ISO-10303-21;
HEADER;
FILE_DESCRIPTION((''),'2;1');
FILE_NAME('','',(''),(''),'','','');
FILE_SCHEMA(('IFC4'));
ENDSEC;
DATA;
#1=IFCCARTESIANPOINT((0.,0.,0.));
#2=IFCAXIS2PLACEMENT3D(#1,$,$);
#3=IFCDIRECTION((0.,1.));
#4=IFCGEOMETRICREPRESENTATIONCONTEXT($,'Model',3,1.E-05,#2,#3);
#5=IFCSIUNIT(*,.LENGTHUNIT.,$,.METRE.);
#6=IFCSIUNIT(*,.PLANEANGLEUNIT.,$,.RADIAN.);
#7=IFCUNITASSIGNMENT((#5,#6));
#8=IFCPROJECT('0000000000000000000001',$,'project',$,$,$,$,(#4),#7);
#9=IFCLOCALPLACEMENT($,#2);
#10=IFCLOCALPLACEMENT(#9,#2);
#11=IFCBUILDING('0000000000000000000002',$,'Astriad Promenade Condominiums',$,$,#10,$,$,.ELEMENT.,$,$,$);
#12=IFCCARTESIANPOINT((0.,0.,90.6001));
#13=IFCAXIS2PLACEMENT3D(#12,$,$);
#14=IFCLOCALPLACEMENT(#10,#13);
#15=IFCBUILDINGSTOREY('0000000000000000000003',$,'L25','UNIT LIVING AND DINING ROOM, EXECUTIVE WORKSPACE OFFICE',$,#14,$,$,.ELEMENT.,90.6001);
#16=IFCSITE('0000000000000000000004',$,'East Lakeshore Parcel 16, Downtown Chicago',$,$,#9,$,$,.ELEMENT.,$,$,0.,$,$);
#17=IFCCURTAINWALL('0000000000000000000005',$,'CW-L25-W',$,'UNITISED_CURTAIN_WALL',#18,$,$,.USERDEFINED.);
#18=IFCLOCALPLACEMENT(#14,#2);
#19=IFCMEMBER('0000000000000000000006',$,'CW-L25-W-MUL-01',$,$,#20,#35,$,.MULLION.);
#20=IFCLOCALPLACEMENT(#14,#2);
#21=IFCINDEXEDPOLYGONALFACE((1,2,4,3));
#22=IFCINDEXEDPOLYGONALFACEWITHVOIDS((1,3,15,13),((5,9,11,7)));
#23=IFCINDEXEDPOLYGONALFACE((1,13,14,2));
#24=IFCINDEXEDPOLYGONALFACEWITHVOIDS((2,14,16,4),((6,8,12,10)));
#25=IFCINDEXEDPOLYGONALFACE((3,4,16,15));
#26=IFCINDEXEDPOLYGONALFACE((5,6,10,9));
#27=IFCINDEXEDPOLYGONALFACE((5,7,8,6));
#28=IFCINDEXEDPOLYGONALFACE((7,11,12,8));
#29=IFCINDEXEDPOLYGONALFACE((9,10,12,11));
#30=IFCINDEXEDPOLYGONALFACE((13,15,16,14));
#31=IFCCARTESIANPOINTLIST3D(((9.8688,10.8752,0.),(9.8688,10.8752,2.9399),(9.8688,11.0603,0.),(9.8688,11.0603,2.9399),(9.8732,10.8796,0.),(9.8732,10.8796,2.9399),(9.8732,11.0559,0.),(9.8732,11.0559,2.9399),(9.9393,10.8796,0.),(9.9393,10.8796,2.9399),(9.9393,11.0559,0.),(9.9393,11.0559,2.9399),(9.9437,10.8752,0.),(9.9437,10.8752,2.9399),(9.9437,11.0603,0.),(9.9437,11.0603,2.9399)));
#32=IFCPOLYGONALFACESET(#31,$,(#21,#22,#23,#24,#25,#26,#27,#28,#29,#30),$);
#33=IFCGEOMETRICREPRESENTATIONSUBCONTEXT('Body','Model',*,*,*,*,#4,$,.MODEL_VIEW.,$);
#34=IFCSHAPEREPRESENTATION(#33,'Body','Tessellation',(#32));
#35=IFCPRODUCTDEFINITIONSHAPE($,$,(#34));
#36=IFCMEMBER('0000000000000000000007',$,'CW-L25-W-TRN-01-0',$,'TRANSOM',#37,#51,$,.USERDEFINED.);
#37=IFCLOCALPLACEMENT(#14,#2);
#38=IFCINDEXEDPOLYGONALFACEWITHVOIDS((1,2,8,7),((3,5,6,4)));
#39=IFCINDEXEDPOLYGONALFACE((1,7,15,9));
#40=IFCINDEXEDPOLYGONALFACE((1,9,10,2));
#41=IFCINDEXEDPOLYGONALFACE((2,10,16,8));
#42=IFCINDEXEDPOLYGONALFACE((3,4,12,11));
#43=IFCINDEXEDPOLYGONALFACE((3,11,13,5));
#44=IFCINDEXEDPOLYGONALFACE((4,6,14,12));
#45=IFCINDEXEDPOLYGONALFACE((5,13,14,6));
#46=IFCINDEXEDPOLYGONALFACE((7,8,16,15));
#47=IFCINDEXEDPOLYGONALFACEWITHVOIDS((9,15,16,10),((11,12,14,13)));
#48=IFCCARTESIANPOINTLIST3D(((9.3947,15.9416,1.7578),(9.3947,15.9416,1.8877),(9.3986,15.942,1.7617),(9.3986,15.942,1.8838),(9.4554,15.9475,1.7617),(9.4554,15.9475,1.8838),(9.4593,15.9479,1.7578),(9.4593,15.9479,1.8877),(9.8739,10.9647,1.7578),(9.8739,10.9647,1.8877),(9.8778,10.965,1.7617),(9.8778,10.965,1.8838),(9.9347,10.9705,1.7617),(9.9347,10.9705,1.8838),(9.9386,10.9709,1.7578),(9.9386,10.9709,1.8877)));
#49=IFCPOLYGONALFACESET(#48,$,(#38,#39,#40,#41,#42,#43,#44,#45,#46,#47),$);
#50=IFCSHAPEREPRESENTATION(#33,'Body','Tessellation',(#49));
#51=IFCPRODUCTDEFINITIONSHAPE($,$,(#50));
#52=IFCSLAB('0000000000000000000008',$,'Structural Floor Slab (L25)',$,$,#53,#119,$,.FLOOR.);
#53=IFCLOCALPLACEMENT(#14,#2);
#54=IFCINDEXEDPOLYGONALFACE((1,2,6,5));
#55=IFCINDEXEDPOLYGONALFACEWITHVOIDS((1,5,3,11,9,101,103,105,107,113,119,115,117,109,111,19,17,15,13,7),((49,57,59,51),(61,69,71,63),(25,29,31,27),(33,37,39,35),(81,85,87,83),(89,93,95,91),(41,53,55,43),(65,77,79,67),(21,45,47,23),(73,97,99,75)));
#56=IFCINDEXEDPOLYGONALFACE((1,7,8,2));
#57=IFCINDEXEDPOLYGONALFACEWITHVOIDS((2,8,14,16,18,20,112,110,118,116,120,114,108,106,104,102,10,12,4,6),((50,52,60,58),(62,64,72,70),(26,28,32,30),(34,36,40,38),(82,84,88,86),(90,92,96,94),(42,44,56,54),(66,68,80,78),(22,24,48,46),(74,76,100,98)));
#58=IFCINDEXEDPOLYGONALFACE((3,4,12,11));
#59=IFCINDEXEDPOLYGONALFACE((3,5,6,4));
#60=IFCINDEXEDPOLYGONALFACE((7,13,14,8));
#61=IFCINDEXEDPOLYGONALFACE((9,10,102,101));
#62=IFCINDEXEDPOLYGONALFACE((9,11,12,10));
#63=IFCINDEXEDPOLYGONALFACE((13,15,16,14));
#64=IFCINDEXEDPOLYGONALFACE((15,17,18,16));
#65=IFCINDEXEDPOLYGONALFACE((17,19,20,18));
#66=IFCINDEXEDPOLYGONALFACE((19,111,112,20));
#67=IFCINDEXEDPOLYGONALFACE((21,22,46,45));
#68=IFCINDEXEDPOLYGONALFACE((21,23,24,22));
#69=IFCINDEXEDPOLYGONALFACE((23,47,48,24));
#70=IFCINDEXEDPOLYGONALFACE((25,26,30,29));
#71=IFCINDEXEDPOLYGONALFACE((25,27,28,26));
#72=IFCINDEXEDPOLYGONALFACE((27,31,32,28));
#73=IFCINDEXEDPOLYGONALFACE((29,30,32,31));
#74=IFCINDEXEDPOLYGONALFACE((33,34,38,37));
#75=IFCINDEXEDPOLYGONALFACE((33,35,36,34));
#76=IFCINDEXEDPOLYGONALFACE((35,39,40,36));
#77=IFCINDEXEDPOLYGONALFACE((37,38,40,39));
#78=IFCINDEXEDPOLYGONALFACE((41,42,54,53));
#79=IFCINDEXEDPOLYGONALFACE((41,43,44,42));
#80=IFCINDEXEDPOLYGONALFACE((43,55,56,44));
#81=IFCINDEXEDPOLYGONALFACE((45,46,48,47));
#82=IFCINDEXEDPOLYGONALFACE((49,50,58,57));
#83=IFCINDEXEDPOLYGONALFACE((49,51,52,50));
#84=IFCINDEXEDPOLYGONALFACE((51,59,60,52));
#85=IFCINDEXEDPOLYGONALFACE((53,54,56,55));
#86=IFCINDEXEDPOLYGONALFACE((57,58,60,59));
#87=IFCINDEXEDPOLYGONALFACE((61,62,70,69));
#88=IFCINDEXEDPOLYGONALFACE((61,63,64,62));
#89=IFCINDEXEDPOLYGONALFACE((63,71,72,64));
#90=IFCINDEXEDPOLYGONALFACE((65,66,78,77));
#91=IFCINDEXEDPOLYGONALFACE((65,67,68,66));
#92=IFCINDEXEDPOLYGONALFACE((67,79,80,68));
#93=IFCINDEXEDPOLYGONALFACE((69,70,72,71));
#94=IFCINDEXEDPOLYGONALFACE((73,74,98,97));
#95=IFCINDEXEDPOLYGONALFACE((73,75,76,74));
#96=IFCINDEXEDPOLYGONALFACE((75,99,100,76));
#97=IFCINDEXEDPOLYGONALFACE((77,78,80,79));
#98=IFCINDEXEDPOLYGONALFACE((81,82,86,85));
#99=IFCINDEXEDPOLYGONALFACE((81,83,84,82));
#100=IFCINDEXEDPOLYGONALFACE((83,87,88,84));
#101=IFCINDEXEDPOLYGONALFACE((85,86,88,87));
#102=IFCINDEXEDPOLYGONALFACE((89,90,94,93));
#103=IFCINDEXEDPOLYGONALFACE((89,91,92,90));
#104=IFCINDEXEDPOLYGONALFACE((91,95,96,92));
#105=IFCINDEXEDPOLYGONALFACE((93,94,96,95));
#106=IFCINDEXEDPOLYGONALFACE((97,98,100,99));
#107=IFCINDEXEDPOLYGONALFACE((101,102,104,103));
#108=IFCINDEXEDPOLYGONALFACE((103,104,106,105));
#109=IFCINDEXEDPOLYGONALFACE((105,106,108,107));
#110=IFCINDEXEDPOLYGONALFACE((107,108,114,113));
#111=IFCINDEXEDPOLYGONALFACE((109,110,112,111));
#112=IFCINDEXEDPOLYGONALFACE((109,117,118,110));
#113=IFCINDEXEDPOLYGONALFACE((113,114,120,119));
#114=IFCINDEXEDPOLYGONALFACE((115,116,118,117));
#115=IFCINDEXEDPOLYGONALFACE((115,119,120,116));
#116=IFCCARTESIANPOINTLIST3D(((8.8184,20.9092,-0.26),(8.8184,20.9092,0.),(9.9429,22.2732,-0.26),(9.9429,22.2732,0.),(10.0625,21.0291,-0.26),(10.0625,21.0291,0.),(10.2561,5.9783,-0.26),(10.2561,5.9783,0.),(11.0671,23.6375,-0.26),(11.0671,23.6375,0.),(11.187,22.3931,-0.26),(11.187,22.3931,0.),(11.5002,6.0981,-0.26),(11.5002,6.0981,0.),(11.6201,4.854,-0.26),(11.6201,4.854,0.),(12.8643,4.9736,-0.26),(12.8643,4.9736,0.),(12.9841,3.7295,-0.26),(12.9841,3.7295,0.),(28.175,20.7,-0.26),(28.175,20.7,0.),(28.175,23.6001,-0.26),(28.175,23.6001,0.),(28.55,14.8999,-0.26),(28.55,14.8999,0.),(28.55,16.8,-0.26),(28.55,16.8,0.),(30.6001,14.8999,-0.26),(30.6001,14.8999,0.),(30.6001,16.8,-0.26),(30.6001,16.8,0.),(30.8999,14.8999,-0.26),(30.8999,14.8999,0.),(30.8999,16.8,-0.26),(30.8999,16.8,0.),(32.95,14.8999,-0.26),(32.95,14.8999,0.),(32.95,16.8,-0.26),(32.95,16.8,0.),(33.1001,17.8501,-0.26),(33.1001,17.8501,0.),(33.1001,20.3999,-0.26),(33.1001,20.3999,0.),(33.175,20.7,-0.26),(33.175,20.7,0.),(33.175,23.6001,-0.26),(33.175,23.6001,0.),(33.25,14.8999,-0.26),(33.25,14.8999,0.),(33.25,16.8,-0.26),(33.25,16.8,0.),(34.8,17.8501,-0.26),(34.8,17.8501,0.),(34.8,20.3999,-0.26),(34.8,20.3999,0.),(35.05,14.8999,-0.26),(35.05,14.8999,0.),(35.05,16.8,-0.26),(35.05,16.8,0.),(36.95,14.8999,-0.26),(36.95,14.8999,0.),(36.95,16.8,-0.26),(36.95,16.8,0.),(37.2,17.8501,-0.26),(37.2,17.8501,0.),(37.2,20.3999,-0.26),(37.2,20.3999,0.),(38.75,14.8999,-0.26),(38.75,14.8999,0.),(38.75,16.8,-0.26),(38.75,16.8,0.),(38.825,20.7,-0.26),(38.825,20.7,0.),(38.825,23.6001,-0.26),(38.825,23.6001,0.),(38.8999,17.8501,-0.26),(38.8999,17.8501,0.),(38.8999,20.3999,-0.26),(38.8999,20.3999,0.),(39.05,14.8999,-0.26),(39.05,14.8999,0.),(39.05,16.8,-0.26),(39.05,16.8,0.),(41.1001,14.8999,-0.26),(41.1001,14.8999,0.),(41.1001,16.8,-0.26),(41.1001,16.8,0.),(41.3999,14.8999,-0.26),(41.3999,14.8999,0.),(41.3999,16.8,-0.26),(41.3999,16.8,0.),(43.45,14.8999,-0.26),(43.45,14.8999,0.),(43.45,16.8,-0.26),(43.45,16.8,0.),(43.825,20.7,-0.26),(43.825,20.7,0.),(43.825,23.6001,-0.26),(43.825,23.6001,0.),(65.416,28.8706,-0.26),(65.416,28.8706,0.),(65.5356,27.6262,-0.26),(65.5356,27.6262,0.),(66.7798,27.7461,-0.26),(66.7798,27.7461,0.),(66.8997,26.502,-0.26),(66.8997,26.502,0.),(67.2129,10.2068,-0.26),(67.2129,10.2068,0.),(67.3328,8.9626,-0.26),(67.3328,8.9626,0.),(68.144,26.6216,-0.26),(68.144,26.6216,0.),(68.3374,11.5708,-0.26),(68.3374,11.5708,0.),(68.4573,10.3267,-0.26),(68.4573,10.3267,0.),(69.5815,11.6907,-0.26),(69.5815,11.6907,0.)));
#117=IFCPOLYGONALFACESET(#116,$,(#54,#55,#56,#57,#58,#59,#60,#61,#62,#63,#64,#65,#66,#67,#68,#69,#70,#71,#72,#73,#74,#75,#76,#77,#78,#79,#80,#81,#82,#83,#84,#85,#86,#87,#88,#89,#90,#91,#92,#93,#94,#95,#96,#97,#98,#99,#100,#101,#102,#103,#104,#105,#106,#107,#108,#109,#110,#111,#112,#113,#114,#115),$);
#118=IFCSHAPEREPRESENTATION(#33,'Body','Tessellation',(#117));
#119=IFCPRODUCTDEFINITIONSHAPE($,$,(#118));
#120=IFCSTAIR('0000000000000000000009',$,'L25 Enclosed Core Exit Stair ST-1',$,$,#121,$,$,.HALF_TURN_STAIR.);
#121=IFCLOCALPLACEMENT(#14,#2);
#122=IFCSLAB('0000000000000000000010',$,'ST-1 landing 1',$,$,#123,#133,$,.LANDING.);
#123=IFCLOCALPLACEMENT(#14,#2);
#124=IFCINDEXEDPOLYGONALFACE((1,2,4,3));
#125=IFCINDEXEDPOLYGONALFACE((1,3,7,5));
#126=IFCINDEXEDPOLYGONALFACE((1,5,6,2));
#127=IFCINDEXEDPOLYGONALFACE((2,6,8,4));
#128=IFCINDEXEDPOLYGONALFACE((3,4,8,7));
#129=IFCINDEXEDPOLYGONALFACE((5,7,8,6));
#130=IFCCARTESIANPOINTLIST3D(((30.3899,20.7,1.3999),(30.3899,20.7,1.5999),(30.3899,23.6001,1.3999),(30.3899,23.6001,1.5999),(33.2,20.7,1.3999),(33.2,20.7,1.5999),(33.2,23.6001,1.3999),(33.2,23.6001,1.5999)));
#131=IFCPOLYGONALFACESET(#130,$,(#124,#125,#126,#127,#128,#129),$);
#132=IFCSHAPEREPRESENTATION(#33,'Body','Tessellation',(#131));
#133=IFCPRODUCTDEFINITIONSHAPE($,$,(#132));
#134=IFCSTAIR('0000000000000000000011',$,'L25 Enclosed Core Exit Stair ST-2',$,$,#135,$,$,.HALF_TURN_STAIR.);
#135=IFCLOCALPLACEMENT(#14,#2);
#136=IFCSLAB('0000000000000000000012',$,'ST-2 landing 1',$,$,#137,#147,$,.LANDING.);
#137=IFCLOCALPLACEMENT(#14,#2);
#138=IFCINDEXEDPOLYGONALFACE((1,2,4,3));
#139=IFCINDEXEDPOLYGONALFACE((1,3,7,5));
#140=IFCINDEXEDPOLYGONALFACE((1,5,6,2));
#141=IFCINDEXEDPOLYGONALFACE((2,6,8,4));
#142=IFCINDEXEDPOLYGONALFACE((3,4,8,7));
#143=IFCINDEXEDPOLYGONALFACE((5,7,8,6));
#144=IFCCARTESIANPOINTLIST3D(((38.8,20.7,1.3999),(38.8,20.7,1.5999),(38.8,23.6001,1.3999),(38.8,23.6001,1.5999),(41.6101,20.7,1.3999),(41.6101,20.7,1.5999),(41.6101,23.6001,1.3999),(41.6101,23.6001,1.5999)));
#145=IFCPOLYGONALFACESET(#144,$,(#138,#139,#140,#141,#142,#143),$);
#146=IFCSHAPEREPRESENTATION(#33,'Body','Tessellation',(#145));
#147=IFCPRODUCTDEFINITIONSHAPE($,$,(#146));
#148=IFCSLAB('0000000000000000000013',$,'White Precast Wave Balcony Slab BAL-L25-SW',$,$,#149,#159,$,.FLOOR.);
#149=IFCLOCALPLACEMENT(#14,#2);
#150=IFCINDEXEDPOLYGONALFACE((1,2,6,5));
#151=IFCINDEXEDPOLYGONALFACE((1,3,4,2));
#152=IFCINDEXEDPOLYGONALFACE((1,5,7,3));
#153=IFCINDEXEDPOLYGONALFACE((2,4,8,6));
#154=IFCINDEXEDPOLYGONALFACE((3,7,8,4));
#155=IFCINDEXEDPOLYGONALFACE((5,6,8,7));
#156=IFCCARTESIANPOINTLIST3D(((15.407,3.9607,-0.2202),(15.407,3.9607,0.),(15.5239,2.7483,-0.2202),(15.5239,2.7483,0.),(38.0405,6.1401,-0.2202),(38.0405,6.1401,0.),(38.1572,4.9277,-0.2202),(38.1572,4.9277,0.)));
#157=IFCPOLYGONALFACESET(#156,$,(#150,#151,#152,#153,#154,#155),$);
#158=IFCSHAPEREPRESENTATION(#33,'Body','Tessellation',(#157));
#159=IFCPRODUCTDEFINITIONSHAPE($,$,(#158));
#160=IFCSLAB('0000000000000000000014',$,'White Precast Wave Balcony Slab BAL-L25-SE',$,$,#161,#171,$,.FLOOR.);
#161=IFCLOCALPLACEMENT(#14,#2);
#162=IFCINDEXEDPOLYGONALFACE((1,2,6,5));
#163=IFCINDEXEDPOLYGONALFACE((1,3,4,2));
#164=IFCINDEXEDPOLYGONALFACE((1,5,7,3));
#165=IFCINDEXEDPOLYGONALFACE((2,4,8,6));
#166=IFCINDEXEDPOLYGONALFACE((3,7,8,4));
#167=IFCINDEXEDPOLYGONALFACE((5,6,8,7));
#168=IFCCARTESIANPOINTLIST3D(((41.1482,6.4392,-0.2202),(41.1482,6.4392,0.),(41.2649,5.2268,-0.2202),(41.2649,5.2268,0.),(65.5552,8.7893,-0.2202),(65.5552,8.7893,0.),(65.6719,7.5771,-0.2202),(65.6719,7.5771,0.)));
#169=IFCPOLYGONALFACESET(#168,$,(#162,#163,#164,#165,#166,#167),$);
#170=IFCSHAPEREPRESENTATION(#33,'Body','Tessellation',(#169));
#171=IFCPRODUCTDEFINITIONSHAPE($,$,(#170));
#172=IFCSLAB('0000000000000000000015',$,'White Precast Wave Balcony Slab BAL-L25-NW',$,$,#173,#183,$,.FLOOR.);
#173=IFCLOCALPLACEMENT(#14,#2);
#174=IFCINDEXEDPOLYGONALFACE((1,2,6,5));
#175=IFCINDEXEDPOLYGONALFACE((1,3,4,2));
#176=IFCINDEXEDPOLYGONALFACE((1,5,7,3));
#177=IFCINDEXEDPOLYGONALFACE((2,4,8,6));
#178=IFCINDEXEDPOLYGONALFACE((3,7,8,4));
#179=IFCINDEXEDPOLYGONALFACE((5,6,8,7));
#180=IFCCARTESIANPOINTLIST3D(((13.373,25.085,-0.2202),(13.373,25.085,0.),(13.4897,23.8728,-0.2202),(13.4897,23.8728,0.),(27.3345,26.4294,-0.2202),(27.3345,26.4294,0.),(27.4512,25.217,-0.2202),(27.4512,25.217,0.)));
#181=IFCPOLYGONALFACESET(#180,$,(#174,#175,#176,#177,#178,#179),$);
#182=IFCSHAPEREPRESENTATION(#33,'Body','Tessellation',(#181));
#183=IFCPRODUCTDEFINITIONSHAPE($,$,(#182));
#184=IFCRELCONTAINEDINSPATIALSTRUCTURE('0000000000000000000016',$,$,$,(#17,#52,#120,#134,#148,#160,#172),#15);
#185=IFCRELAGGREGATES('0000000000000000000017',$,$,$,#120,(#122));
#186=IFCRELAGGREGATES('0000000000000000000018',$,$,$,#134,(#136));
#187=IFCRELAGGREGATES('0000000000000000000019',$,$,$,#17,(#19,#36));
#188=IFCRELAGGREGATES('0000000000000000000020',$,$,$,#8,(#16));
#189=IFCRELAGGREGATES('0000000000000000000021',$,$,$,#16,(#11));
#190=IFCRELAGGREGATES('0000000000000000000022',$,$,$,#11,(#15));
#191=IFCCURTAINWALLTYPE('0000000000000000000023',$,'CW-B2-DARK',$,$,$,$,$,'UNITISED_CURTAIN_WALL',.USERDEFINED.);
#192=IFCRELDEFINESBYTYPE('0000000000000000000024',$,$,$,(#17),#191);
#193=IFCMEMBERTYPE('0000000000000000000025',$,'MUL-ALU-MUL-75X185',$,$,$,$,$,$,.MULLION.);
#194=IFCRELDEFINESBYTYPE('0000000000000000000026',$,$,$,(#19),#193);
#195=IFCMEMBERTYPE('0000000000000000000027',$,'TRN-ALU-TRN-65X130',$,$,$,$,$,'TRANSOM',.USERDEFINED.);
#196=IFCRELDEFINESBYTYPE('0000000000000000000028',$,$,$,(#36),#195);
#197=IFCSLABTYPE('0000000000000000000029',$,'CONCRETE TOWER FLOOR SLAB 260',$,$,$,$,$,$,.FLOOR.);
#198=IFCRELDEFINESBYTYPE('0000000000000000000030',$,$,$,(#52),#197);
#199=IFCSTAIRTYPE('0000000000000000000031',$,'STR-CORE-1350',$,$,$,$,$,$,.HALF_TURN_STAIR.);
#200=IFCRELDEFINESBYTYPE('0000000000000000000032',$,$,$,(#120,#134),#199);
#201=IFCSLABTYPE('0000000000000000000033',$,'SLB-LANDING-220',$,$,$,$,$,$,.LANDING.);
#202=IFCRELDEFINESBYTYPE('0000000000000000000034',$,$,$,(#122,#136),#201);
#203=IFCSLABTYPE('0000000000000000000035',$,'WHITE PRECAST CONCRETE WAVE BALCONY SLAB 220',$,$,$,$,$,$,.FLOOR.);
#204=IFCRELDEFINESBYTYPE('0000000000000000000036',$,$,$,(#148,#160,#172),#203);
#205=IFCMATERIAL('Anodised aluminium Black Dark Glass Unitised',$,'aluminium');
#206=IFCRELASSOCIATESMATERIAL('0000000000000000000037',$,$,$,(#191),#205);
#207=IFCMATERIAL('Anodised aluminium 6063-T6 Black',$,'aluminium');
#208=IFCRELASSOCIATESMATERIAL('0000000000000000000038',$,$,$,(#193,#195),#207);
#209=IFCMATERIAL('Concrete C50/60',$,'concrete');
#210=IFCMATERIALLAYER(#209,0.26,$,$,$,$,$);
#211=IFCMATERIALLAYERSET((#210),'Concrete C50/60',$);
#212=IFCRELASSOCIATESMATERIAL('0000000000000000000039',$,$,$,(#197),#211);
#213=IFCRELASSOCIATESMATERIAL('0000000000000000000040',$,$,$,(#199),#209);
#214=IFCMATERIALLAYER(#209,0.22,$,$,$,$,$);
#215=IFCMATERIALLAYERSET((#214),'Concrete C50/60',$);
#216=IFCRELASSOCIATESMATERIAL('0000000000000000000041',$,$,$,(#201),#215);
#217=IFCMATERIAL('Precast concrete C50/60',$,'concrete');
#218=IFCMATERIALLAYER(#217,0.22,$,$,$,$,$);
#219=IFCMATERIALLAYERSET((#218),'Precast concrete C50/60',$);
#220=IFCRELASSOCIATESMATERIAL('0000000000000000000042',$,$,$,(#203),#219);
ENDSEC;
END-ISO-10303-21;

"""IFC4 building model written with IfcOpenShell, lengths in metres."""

from ifc_helpers import new_model, si_unit, direction, frame, origin, origin_2d, place, context, subcontext, project, spatial, polyline, hollow_rectangle, outline, extrude, source, transform, mapped, material, layer, layer_set, material_profile, profile_set, type_object, type_shapes, element, aggregate, save


model = new_model("IFC4")

# Units and contexts
model_context = context("Model", 3, precision=1e-05, world=origin(), true_north=direction((0.0, 1.0)))
body_context = subcontext(model_context, "Body", "Model", "MODEL_VIEW")
ifc_project = project(units=[si_unit("LENGTHUNIT", "METRE"), si_unit("PLANEANGLEUNIT", "RADIAN")], contexts=[model_context])

# Site, building, storey
site_placement = place(None, origin())
site = spatial("IfcSite", under=ifc_project, at=site_placement, Name="East Lakeshore Parcel 16, Downtown Chicago", CompositionType="ELEMENT", RefElevation=0.0)
building_placement = place(site_placement, origin())
building = spatial("IfcBuilding", under=site, at=building_placement, Name="Astriad Promenade Condominiums", CompositionType="ELEMENT")
storey_placement = place(building_placement, frame((0.0, 0.0, 90.6001)))
storey = spatial("IfcBuildingStorey", under=building, at=storey_placement, Name="L25", Description="UNIT LIVING AND DINING ROOM, EXECUTIVE WORKSPACE OFFICE", CompositionType="ELEMENT", Elevation=90.6001)

# Curtain wall, members
ifc_material_1 = material(Name="Anodised aluminium Black Dark Glass Unitised", Category="aluminium")
curtain_wall_type = type_object("IfcCurtainWallType", Name="CW-B2-DARK", ElementType="UNITISED_CURTAIN_WALL", PredefinedType="USERDEFINED", material=ifc_material_1)
curtain_wall_placement = place(storey_placement, origin())
curtain_wall = element("IfcCurtainWall", 1, at=curtain_wall_placement, inside=storey, type_object=curtain_wall_type, Name="CW-L25-W", ObjectType="UNITISED_CURTAIN_WALL", PredefinedType="USERDEFINED")
ifc_material_2 = material(Name="Anodised aluminium 6063-T6 Black", Category="aluminium")
ifc_material_profile_1 = material_profile(ifc_material_2, hollow_rectangle(XDim=0.075, YDim=0.1851, WallThickness=0.0044, at=origin_2d()), Name="ALU-MUL-75X185")
ifc_profile_set_1 = profile_set([ifc_material_profile_1], Name="Anodised aluminium 6063-T6 Black")
member_type_1 = type_object("IfcMemberType", Name="MUL-ALU-MUL-75X185", PredefinedType="MULLION", material=ifc_profile_set_1)
shared_shape_1 = source(origin(), body_context, "Body", "SweptSolid", [
    extrude(hollow_rectangle(XDim=0.075, YDim=0.1851, WallThickness=0.0044, at=origin_2d()), origin(), (0.0, 0.0, 1.0), 2.9399),
])
type_shapes(member_type_1, [shared_shape_1])
member_1_placement = place(storey_placement, frame((9.9062, 10.9678, 0.0), z_axis=(0.0, 0.0, 1.0), x_axis=(1.0, 0.0, 0.0)))
member_1 = element("IfcMember", 2, at=member_1_placement, type_object=member_type_1, Name="CW-L25-W-MUL-01", PredefinedType="MULLION", context=body_context, shape_type="MappedRepresentation", body=[
    mapped(shared_shape_1, transform((0.0, 0.0, 0.0), scale=1.0)),
])
ifc_material_profile_2 = material_profile(ifc_material_2, hollow_rectangle(XDim=0.0649, YDim=0.1299, WallThickness=0.0039, at=origin_2d()), Name="ALU-TRN-65X130")
ifc_profile_set_2 = profile_set([ifc_material_profile_2], Name="Anodised aluminium 6063-T6 Black")
member_type_2 = type_object("IfcMemberType", Name="TRN-ALU-TRN-65X130", ElementType="TRANSOM", PredefinedType="USERDEFINED", material=ifc_profile_set_2)
shared_shape_2 = source(origin(), body_context, "Body", "SweptSolid", [
    extrude(hollow_rectangle(XDim=0.0649, YDim=0.1299, WallThickness=0.0039, at=origin_2d()), origin(), (0.0, 0.0, 1.0), 5.0),
])
type_shapes(member_type_2, [shared_shape_2])
member_2_placement = place(storey_placement, frame((9.9062, 10.9678, 1.8228), z_axis=(-0.095848, 0.995396, 0.0), x_axis=(-0.995396, -0.095848, 0.0)))
member_2 = element("IfcMember", 3, at=member_2_placement, type_object=member_type_2, Name="CW-L25-W-TRN-01-0", ObjectType="TRANSOM", PredefinedType="USERDEFINED", context=body_context, shape_type="MappedRepresentation", body=[
    mapped(shared_shape_2, transform((0.0, 0.0, 0.0), scale=1.0)),
])

# Slab
ifc_material_3 = material(Name="Concrete C50/60", Category="concrete")
ifc_layer_1 = layer(ifc_material_3, 0.26)
ifc_layer_set_1 = layer_set([ifc_layer_1], Name="Concrete C50/60")
slab_type_1 = type_object("IfcSlabType", Name="CONCRETE TOWER FLOOR SLAB 260", PredefinedType="FLOOR", material=ifc_layer_set_1)
slab_1_placement = place(storey_placement, frame((0.0, 0.0, -0.26)))
element("IfcSlab", 4, at=slab_1_placement, inside=storey, type_object=slab_type_1, Name="Structural Floor Slab (L25)", PredefinedType="FLOOR", context=body_context, shape_type="SweptSolid", body=[
    extrude(outline(polyline([(12.9841, 3.7295), (67.3328, 8.9626), (67.2129, 10.2068), (68.4573, 10.3267), (68.3374, 11.5708), (69.5815, 11.6907), (68.144, 26.6216), (66.8997, 26.502), (66.7798, 27.7461), (65.5356, 27.6262), (65.416, 28.8706), (11.0671, 23.6375), (11.187, 22.3931), (9.9429, 22.2732), (10.0625, 21.0291), (8.8184, 20.9092), (10.2561, 5.9783), (11.5002, 6.0981), (11.6201, 4.854), (12.8643, 4.9736), (12.9841, 3.7295)]), holes=[polyline([(28.175, 20.7), (33.175, 20.7), (33.175, 23.6001), (28.175, 23.6001), (28.175, 20.7)]), polyline([(38.825, 20.7), (43.825, 20.7), (43.825, 23.6001), (38.825, 23.6001), (38.825, 20.7)]), polyline([(33.1001, 17.8501), (34.8, 17.8501), (34.8, 20.3999), (33.1001, 20.3999), (33.1001, 17.8501)]), polyline([(37.2, 17.8501), (38.8999, 17.8501), (38.8999, 20.3999), (37.2, 20.3999), (37.2, 17.8501)]), polyline([(28.55, 14.8999), (30.6001, 14.8999), (30.6001, 16.8), (28.55, 16.8), (28.55, 14.8999)]), polyline([(30.8999, 14.8999), (32.95, 14.8999), (32.95, 16.8), (30.8999, 16.8), (30.8999, 14.8999)]), polyline([(33.25, 14.8999), (35.05, 14.8999), (35.05, 16.8), (33.25, 16.8), (33.25, 14.8999)]), polyline([(36.95, 14.8999), (38.75, 14.8999), (38.75, 16.8), (36.95, 16.8), (36.95, 14.8999)]), polyline([(39.05, 14.8999), (41.1001, 14.8999), (41.1001, 16.8), (39.05, 16.8), (39.05, 14.8999)]), polyline([(41.3999, 14.8999), (43.45, 14.8999), (43.45, 16.8), (41.3999, 16.8), (41.3999, 14.8999)])]), origin(), (0.0, 0.0, 1.0), 0.26),
])

# Stairs, slabs
stair_type = type_object("IfcStairType", Name="STR-CORE-1350", PredefinedType="HALF_TURN_STAIR", material=ifc_material_3)
stair_1_placement = place(storey_placement, origin())
stair_1 = element("IfcStair", 5, at=stair_1_placement, inside=storey, type_object=stair_type, Name="L25 Enclosed Core Exit Stair ST-1", PredefinedType="HALF_TURN_STAIR")
ifc_layer_2 = layer(ifc_material_3, 0.22)
ifc_layer_set_2 = layer_set([ifc_layer_2], Name="Concrete C50/60")
slab_type_2 = type_object("IfcSlabType", Name="SLB-LANDING-220", PredefinedType="LANDING", material=ifc_layer_set_2)
slab_2_placement = place(storey_placement, frame((0.0, 0.0, 1.3999)))
slab_2 = element("IfcSlab", 6, at=slab_2_placement, type_object=slab_type_2, Name="ST-1 landing 1", PredefinedType="LANDING", context=body_context, shape_type="SweptSolid", body=[
    extrude(outline(polyline([(30.3899, 20.7), (33.2, 20.7), (33.2, 23.6001), (30.3899, 23.6001), (30.3899, 20.7)])), origin(), (0.0, 0.0, 1.0), 0.2),
])
aggregate(stair_1, [slab_2])
stair_2_placement = place(storey_placement, origin())
stair_2 = element("IfcStair", 7, at=stair_2_placement, inside=storey, type_object=stair_type, Name="L25 Enclosed Core Exit Stair ST-2", PredefinedType="HALF_TURN_STAIR")
slab_3_placement = place(storey_placement, frame((0.0, 0.0, 1.3999)))
slab_3 = element("IfcSlab", 8, at=slab_3_placement, type_object=slab_type_2, Name="ST-2 landing 1", PredefinedType="LANDING", context=body_context, shape_type="SweptSolid", body=[
    extrude(outline(polyline([(41.6101, 23.6001), (38.8, 23.6001), (38.8, 20.7), (41.6101, 20.7), (41.6101, 23.6001)])), origin(), (0.0, 0.0, 1.0), 0.2),
])
aggregate(stair_2, [slab_3])

# Slabs
ifc_material_4 = material(Name="Precast concrete C50/60", Category="concrete")
ifc_layer_3 = layer(ifc_material_4, 0.22)
ifc_layer_set_3 = layer_set([ifc_layer_3], Name="Precast concrete C50/60")
slab_type_3 = type_object("IfcSlabType", Name="WHITE PRECAST CONCRETE WAVE BALCONY SLAB 220", PredefinedType="FLOOR", material=ifc_layer_set_3)
slab_4_placement = place(storey_placement, frame((0.0, 0.0, -0.2202)))
element("IfcSlab", 9, at=slab_4_placement, inside=storey, type_object=slab_type_3, Name="White Precast Wave Balcony Slab BAL-L25-SW", PredefinedType="FLOOR", context=body_context, shape_type="SweptSolid", body=[
    extrude(outline(polyline([(38.1572, 4.9277), (15.5239, 2.7483), (15.407, 3.9607), (38.0405, 6.1401), (38.1572, 4.9277)])), origin(), (0.0, 0.0, 1.0), 0.2202),
])
slab_5_placement = place(storey_placement, frame((0.0, 0.0, -0.2202)))
element("IfcSlab", 10, at=slab_5_placement, inside=storey, type_object=slab_type_3, Name="White Precast Wave Balcony Slab BAL-L25-SE", PredefinedType="FLOOR", context=body_context, shape_type="SweptSolid", body=[
    extrude(outline(polyline([(65.6719, 7.5771), (41.2649, 5.2268), (41.1482, 6.4392), (65.5552, 8.7893), (65.6719, 7.5771)])), origin(), (0.0, 0.0, 1.0), 0.2202),
])
slab_6_placement = place(storey_placement, frame((0.0, 0.0, -0.2202)))
element("IfcSlab", 11, at=slab_6_placement, inside=storey, type_object=slab_type_3, Name="White Precast Wave Balcony Slab BAL-L25-NW", PredefinedType="FLOOR", context=body_context, shape_type="SweptSolid", body=[
    extrude(outline(polyline([(13.373, 25.085), (27.3345, 26.4294), (27.4512, 25.217), (13.4897, 23.8728), (13.373, 25.085)])), origin(), (0.0, 0.0, 1.0), 0.2202),
])

aggregate(curtain_wall, [member_1, member_2])

save(model, "model.ifc")
